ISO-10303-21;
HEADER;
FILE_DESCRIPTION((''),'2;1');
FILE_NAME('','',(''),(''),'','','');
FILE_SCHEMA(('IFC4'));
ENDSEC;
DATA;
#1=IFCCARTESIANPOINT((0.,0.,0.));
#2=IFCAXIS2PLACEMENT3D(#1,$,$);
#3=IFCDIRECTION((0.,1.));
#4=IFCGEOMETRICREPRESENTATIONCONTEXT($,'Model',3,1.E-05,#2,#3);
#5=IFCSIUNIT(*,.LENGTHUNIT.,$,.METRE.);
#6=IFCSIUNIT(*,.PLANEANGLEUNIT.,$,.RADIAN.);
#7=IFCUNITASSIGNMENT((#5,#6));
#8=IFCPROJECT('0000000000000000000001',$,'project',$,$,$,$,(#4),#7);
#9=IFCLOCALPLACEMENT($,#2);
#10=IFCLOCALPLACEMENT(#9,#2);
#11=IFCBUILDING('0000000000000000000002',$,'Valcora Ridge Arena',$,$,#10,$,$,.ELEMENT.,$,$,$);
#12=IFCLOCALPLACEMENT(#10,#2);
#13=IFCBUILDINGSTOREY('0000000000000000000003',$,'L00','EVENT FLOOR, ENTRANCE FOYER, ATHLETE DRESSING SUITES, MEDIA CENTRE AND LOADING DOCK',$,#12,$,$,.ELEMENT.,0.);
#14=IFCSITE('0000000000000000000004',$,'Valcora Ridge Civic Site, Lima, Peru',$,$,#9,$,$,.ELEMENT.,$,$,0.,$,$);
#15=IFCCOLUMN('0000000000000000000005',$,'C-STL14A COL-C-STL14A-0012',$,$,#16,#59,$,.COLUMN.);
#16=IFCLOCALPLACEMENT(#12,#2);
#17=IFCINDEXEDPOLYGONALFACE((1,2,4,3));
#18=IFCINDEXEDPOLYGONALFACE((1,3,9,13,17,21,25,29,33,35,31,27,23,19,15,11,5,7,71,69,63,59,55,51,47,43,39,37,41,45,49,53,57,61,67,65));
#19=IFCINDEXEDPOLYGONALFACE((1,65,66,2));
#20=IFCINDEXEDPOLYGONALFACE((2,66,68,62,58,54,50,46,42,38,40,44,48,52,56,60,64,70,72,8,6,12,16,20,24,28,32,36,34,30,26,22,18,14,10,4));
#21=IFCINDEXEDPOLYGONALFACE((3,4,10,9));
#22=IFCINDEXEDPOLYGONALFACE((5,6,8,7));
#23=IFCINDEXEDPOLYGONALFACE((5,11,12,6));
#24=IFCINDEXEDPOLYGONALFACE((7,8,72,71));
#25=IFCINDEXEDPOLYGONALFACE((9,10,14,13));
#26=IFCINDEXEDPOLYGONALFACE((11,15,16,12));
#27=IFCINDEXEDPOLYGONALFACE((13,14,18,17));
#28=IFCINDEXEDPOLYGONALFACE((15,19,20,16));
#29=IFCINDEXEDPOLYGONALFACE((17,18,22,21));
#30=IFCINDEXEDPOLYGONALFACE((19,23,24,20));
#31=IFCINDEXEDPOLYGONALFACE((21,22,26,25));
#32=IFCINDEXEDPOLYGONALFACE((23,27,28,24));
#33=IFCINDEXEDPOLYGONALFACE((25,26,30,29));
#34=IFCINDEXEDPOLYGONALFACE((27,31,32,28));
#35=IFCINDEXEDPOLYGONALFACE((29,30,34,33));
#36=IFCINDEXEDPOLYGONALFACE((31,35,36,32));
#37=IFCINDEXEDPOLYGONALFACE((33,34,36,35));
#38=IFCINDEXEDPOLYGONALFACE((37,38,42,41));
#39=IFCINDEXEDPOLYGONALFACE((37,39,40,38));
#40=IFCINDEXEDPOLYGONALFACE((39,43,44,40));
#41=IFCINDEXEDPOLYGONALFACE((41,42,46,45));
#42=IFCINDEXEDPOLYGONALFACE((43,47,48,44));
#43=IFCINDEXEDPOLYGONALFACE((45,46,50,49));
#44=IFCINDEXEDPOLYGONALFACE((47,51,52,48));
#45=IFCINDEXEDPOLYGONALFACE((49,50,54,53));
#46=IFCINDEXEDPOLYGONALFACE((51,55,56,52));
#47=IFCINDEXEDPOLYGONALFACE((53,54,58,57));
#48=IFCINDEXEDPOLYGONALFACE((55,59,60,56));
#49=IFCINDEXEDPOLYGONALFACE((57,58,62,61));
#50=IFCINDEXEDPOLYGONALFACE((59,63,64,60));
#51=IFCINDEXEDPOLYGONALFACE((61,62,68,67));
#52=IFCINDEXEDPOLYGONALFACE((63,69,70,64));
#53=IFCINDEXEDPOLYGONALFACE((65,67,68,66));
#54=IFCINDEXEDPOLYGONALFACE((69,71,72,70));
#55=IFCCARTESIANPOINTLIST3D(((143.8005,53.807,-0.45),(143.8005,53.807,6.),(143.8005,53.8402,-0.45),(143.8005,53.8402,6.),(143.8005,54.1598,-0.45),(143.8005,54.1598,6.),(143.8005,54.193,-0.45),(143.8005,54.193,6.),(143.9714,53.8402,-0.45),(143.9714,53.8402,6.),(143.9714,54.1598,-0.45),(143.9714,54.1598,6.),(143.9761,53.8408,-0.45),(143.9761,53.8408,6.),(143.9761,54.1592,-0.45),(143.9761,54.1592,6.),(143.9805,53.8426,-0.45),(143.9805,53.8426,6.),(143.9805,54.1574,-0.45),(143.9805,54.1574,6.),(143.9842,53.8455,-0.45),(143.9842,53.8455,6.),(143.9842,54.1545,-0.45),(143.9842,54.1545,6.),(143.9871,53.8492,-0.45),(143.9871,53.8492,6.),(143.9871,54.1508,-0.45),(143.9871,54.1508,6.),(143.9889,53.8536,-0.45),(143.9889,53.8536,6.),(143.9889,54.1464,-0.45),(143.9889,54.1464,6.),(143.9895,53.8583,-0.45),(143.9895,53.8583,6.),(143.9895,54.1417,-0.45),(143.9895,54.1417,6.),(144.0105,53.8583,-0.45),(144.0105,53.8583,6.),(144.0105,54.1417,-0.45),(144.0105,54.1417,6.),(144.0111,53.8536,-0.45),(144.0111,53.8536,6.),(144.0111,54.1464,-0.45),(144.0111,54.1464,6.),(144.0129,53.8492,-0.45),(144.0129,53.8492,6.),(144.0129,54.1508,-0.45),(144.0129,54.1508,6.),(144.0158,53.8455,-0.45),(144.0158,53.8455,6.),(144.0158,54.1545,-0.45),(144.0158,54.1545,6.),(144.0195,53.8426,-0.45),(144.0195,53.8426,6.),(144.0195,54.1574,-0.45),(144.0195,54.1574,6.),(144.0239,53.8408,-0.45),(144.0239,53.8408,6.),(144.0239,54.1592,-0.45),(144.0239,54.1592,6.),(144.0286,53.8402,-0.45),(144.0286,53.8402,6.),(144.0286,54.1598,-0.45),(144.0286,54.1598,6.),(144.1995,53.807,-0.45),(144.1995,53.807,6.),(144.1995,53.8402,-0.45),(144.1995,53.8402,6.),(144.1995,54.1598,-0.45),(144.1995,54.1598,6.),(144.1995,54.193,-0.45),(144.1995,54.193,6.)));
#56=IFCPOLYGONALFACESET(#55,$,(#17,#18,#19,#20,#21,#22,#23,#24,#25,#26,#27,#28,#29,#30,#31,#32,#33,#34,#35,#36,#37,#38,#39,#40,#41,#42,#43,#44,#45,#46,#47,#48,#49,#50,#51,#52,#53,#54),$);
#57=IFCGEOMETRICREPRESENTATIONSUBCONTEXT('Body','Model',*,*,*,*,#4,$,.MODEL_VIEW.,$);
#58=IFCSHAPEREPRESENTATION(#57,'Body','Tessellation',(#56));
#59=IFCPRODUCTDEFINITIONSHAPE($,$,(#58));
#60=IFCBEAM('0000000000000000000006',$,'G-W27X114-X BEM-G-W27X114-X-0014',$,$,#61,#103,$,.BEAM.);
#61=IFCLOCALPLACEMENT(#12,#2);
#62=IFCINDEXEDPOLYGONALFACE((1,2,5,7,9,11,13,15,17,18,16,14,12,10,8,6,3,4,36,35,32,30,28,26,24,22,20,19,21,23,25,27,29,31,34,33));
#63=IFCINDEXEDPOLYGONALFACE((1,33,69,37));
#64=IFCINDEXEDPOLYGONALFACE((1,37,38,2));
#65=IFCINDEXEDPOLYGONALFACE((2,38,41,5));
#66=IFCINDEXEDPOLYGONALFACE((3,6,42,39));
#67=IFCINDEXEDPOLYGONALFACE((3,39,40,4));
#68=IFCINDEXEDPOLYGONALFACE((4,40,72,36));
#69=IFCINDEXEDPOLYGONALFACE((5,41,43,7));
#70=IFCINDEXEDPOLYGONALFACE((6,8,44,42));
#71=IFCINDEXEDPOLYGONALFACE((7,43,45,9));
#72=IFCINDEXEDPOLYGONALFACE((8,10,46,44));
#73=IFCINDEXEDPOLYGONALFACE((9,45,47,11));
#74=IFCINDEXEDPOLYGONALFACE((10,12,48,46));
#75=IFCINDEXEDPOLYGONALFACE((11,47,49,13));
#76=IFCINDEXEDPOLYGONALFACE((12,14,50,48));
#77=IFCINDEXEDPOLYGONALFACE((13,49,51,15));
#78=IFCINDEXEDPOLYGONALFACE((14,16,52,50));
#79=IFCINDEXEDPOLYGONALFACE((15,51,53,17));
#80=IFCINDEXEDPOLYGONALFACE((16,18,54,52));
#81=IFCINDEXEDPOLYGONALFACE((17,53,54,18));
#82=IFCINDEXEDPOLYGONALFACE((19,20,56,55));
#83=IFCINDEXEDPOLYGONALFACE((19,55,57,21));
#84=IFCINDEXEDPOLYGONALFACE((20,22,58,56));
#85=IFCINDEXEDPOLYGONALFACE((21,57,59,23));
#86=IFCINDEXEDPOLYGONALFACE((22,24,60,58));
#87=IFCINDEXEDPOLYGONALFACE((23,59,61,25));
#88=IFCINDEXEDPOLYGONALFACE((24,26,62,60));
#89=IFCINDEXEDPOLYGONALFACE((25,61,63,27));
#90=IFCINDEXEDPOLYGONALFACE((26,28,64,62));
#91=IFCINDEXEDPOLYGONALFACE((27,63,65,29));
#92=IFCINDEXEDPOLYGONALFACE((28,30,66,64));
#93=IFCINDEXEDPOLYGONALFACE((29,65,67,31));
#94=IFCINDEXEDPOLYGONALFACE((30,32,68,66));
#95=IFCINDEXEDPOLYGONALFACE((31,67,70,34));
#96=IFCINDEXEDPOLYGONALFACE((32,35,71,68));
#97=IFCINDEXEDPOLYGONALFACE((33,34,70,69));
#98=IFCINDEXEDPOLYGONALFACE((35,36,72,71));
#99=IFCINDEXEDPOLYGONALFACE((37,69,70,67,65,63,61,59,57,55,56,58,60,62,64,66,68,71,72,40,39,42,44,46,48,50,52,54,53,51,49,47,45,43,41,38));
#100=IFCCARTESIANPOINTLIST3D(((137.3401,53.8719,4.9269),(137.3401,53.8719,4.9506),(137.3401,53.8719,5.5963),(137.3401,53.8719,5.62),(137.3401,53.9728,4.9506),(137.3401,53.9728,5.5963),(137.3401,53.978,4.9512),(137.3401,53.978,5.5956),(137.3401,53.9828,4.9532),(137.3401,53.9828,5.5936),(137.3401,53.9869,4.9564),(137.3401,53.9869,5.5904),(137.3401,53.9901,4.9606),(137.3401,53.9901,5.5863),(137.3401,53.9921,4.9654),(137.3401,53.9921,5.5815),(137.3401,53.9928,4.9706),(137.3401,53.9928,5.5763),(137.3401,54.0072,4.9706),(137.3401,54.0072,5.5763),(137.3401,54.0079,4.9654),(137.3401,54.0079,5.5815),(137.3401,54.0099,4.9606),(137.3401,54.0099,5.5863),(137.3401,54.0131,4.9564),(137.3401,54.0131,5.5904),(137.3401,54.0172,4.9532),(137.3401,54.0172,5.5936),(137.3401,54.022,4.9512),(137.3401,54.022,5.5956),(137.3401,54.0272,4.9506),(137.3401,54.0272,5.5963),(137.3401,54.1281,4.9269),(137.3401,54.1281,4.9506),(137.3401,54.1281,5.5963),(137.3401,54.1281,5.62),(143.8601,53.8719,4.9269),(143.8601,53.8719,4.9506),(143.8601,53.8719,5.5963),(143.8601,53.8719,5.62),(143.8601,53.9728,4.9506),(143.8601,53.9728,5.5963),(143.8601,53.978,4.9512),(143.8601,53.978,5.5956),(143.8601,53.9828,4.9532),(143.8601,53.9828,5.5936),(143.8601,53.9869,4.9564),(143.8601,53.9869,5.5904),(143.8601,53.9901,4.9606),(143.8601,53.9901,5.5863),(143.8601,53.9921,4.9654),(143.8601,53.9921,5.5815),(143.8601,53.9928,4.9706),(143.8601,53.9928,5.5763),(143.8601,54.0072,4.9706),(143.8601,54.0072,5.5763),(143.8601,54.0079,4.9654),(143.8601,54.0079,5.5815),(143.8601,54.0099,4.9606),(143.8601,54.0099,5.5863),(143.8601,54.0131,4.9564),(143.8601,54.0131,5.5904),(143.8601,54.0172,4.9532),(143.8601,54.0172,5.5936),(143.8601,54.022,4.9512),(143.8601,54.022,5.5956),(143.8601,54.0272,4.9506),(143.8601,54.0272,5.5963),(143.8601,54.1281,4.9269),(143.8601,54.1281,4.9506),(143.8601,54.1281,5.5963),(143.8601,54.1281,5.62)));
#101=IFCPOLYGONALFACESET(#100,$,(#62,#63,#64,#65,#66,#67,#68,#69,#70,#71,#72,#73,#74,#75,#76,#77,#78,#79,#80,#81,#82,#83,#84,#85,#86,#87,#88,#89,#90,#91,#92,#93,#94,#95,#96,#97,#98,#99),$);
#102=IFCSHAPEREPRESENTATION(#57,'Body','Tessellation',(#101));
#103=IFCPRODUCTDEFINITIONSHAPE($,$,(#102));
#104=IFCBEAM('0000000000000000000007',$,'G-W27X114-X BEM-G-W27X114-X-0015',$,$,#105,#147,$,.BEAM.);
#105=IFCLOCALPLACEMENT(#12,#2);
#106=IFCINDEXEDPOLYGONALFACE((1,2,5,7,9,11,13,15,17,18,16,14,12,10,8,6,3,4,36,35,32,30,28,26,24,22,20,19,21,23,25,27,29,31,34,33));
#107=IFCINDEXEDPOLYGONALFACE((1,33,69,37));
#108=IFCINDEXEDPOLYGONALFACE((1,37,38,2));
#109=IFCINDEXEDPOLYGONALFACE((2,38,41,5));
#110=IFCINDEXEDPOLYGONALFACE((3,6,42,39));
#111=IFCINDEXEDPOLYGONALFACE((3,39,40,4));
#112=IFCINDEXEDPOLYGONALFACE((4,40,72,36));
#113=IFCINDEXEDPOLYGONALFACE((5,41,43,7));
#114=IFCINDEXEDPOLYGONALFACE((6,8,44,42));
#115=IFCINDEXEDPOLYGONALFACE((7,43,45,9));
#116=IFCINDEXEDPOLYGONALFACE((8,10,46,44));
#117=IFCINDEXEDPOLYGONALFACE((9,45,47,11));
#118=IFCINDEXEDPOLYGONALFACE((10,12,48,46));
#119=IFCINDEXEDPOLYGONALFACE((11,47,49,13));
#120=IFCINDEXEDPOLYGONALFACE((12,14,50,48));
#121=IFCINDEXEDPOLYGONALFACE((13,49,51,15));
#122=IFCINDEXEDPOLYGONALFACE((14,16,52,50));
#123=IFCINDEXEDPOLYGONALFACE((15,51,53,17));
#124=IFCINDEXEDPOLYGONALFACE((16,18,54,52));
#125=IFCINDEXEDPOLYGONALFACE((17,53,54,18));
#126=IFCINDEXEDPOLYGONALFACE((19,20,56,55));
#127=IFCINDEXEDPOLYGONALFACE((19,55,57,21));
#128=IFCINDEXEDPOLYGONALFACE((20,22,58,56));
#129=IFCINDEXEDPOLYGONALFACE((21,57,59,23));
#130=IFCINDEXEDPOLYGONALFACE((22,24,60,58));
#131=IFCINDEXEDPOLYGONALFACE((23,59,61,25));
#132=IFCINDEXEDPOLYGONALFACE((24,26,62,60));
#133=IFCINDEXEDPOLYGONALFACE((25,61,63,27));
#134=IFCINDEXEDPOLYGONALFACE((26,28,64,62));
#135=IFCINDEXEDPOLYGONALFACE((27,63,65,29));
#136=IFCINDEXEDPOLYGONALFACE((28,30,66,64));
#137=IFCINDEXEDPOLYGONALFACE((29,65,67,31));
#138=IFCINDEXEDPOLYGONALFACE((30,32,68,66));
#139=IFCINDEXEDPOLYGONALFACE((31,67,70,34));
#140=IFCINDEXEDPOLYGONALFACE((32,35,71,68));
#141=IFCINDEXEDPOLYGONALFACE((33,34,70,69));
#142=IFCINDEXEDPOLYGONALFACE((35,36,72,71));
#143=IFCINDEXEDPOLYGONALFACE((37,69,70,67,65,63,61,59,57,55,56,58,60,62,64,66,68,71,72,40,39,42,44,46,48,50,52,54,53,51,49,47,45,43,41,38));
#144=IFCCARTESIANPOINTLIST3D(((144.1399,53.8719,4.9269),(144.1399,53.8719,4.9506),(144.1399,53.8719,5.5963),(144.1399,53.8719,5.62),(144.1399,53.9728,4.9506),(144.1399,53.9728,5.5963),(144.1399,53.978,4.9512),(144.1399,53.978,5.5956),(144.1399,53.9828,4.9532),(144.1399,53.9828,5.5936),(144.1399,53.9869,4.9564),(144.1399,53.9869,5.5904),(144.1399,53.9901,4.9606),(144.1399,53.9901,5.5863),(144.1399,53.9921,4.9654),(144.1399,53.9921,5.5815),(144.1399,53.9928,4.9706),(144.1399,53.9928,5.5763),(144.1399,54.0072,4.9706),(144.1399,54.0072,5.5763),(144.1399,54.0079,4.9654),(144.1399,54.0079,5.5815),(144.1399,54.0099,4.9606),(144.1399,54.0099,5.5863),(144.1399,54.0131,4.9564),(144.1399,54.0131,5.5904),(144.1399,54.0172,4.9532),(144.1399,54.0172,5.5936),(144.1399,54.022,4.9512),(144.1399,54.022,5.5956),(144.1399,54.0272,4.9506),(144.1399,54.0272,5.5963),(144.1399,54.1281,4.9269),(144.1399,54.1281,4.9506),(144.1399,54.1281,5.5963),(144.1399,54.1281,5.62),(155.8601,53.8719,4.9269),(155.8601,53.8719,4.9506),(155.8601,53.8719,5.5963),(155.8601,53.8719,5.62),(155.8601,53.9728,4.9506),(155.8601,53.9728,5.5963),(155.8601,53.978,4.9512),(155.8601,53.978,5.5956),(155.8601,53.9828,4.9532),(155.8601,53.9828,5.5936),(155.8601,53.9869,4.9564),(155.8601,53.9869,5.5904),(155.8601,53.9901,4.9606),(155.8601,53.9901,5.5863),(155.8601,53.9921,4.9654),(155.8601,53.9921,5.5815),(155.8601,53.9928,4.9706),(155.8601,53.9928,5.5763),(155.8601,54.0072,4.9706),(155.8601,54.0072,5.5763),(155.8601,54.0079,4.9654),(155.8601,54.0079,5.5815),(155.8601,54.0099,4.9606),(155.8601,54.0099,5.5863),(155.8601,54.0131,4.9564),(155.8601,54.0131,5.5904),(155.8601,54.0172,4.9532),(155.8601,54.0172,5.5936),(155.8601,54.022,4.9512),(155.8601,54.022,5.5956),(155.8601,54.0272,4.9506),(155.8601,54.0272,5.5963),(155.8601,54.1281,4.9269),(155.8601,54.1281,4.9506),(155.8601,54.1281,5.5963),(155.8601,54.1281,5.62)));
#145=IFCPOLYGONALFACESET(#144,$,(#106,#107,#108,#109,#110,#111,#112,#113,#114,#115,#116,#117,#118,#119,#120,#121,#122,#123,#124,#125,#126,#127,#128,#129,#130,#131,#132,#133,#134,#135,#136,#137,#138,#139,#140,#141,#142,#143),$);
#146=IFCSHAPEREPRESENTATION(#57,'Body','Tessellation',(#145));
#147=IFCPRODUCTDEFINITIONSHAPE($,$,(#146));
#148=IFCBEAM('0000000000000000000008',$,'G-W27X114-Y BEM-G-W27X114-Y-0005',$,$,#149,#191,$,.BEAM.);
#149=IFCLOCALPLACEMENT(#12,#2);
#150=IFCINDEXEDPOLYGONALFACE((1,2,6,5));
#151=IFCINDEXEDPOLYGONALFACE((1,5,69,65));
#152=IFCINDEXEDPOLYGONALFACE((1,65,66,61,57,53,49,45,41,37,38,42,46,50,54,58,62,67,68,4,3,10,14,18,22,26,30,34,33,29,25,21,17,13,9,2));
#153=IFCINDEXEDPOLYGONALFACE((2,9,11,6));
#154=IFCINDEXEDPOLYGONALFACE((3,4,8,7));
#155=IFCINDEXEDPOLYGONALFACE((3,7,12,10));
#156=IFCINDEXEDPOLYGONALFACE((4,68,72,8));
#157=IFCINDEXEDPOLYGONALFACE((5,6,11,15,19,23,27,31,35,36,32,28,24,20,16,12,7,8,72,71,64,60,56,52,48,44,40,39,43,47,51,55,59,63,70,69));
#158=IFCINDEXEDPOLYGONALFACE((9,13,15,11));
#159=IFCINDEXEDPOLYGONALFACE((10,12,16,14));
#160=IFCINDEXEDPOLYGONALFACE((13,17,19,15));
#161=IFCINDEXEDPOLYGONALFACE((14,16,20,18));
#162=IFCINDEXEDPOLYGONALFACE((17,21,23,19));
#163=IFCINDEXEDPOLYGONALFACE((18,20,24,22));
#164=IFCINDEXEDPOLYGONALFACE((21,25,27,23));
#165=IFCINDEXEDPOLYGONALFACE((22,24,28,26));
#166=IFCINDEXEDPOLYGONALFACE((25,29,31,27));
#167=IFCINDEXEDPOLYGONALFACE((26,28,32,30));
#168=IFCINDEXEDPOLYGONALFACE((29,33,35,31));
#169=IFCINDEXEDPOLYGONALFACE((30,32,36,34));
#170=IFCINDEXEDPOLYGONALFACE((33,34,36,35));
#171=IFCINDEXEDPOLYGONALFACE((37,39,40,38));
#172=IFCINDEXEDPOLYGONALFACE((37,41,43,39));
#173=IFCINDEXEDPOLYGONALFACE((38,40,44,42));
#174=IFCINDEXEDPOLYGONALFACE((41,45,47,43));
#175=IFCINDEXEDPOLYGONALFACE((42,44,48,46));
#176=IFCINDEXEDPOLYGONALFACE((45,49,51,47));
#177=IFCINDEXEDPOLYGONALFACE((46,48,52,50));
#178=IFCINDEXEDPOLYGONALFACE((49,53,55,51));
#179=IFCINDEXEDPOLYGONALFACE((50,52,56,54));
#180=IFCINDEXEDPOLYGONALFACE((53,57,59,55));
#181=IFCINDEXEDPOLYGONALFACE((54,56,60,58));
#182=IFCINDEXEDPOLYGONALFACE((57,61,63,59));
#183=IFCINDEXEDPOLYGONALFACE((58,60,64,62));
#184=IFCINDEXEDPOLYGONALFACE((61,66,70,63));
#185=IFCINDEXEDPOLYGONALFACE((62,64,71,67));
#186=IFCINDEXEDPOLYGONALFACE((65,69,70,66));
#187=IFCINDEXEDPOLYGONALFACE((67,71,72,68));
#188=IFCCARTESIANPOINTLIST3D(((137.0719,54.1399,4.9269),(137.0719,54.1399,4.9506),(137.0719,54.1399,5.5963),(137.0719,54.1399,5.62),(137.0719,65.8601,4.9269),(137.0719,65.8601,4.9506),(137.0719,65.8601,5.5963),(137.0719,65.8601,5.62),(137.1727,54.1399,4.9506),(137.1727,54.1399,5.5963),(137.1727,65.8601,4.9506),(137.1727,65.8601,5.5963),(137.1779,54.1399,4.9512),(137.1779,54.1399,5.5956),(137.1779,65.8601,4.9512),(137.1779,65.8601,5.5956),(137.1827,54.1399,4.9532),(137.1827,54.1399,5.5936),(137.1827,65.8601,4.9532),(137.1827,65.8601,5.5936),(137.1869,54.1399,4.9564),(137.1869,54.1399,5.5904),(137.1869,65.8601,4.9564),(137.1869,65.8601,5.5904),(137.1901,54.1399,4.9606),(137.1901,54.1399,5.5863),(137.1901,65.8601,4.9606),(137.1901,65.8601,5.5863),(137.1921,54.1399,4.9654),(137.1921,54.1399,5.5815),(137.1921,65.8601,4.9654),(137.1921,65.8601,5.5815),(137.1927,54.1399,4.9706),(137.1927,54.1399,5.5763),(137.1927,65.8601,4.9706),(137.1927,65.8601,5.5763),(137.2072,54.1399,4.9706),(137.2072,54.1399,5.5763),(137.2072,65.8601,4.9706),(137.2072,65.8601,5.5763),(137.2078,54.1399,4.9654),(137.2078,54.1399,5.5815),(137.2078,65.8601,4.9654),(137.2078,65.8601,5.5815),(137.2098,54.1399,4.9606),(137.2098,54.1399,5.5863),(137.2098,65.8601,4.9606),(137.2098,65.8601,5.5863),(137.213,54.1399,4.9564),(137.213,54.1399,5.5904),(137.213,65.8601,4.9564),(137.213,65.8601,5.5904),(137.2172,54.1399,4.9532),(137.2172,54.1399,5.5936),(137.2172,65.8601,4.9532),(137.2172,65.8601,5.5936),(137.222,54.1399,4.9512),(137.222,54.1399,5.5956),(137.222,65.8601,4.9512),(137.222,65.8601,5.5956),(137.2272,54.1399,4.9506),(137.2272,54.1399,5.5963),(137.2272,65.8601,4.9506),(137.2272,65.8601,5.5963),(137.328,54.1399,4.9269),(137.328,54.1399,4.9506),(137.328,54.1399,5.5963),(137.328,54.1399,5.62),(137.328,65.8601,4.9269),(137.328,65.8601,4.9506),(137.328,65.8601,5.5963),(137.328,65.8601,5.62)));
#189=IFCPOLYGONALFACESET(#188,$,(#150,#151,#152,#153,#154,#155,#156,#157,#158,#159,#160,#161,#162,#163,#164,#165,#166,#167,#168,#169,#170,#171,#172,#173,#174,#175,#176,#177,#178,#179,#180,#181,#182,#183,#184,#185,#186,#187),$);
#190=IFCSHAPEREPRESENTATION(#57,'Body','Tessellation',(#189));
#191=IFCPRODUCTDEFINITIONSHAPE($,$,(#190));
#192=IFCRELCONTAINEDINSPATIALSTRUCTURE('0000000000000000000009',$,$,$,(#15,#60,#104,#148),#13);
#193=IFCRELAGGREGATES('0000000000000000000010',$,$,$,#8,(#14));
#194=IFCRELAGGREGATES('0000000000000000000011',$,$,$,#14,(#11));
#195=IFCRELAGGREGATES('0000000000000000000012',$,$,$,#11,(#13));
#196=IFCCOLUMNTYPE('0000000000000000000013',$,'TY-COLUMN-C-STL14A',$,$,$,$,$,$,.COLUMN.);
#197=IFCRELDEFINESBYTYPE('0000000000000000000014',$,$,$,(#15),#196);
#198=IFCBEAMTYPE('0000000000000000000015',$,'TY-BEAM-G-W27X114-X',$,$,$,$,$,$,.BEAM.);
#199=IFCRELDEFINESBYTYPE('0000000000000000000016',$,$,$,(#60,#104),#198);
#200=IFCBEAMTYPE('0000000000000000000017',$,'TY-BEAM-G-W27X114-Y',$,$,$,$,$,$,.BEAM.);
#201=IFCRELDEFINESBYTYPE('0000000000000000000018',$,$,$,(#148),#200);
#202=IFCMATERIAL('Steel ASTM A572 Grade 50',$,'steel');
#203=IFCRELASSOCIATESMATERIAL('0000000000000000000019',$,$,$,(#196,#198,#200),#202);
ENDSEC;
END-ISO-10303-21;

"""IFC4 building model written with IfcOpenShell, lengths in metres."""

from ifc_helpers import new_model, si_unit, direction, frame, origin, origin_2d, place, context, subcontext, project, spatial, i_section, extrude, material, material_profile, profile_set, type_object, element, save


model = new_model("IFC4")

# Units and contexts
model_context = context("Model", 3, precision=1e-05, world=origin(), true_north=direction((0.0, 1.0)))
body_context = subcontext(model_context, "Body", "Model", "MODEL_VIEW")
ifc_project = project(units=[si_unit("LENGTHUNIT", "METRE"), si_unit("PLANEANGLEUNIT", "RADIAN")], contexts=[model_context])

# Site, building, storey
site_placement = place(None, origin())
site = spatial("IfcSite", under=ifc_project, at=site_placement, Name="Valcora Ridge Civic Site, Lima, Peru", CompositionType="ELEMENT", RefElevation=0.0)
building_placement = place(site_placement, origin())
building = spatial("IfcBuilding", under=site, at=building_placement, Name="Valcora Ridge Arena", CompositionType="ELEMENT")
storey_placement = place(building_placement, origin())
storey = spatial("IfcBuildingStorey", under=building, at=storey_placement, Name="L00", Description="EVENT FLOOR, ENTRANCE FOYER, ATHLETE DRESSING SUITES, MEDIA CENTRE AND LOADING DOCK", CompositionType="ELEMENT", Elevation=0.0)

# Column
ifc_material_1 = material(Name="Steel ASTM A572 Grade 50", Category="steel")
ifc_material_profile_1 = material_profile(ifc_material_1, i_section(OverallWidth=0.3989, OverallDepth=0.386, WebThickness=0.021, FlangeThickness=0.0332, FilletRadius=0.0181, at=origin_2d()), Name="W14X176")
ifc_profile_set_1 = profile_set([ifc_material_profile_1], Name="Steel ASTM A572 Grade 50")
column_type = type_object("IfcColumnType", Name="TY-COLUMN-C-STL14A", PredefinedType="COLUMN", material=ifc_profile_set_1)
for number, where, z_axis, x_axis, name in (
    (1, (144.0, 54.0, -0.45), (0.0, 0.0, 1.0), (1.0, 0.0, 0.0), "C-STL14A COL-C-STL14A-0012"),
):
    element("IfcColumn", number, at=place(storey_placement, frame(where, z_axis=z_axis, x_axis=x_axis)), inside=storey, type_object=column_type, Name=name, PredefinedType="COLUMN", context=body_context, shape_type="SweptSolid", body=[
        extrude(i_section(OverallWidth=0.3989, OverallDepth=0.386, WebThickness=0.021, FlangeThickness=0.0332, FilletRadius=0.0181, at=origin_2d()), origin(), (0.0, 0.0, 1.0), 6.45),
    ])

# Beams
ifc_material_profile_2 = material_profile(ifc_material_1, i_section(OverallWidth=0.2561, OverallDepth=0.6931, WebThickness=0.0144, FlangeThickness=0.0237, FilletRadius=0.02, at=origin_2d()), Name="W27X114")
ifc_profile_set_2 = profile_set([ifc_material_profile_2], Name="Steel ASTM A572 Grade 50")
beam_type_1 = type_object("IfcBeamType", Name="TY-BEAM-G-W27X114-X", PredefinedType="BEAM", material=ifc_profile_set_2)
beam_1_placement = place(storey_placement, frame((137.3401, 54.0, 5.2734), z_axis=(1.0, 0.0, 0.0), x_axis=(0.0, 1.0, 0.0)))
element("IfcBeam", 2, at=beam_1_placement, inside=storey, type_object=beam_type_1, Name="G-W27X114-X BEM-G-W27X114-X-0014", PredefinedType="BEAM", context=body_context, shape_type="SweptSolid", body=[
    extrude(i_section(OverallWidth=0.2561, OverallDepth=0.6931, WebThickness=0.0144, FlangeThickness=0.0237, FilletRadius=0.02, at=origin_2d()), origin(), (0.0, 0.0, 1.0), 6.52),
])
beam_2_placement = place(storey_placement, frame((144.1399, 54.0, 5.2734), z_axis=(1.0, 0.0, 0.0), x_axis=(0.0, 1.0, 0.0)))
element("IfcBeam", 3, at=beam_2_placement, inside=storey, type_object=beam_type_1, Name="G-W27X114-X BEM-G-W27X114-X-0015", PredefinedType="BEAM", context=body_context, shape_type="SweptSolid", body=[
    extrude(i_section(OverallWidth=0.2561, OverallDepth=0.6931, WebThickness=0.0144, FlangeThickness=0.0237, FilletRadius=0.02, at=origin_2d()), origin(), (0.0, 0.0, 1.0), 11.7202),
])
ifc_material_profile_3 = material_profile(ifc_material_1, i_section(OverallWidth=0.2561, OverallDepth=0.6931, WebThickness=0.0144, FlangeThickness=0.0237, FilletRadius=0.02, at=origin_2d()), Name="W27X114")
ifc_profile_set_3 = profile_set([ifc_material_profile_3], Name="Steel ASTM A572 Grade 50")
beam_type_2 = type_object("IfcBeamType", Name="TY-BEAM-G-W27X114-Y", PredefinedType="BEAM", material=ifc_profile_set_3)
for number, where, z_axis, x_axis, name in (
    (4, (137.2, 54.1399, 5.2734), (0.0, 1.0, 0.0), (-1.0, 0.0, 0.0), "G-W27X114-Y BEM-G-W27X114-Y-0005"),
):
    element("IfcBeam", number, at=place(storey_placement, frame(where, z_axis=z_axis, x_axis=x_axis)), inside=storey, type_object=beam_type_2, Name=name, PredefinedType="BEAM", context=body_context, shape_type="SweptSolid", body=[
        extrude(i_section(OverallWidth=0.2561, OverallDepth=0.6931, WebThickness=0.0144, FlangeThickness=0.0237, FilletRadius=0.02, at=origin_2d()), origin(), (0.0, 0.0, 1.0), 11.7202),
    ])

save(model, "model.ifc")
